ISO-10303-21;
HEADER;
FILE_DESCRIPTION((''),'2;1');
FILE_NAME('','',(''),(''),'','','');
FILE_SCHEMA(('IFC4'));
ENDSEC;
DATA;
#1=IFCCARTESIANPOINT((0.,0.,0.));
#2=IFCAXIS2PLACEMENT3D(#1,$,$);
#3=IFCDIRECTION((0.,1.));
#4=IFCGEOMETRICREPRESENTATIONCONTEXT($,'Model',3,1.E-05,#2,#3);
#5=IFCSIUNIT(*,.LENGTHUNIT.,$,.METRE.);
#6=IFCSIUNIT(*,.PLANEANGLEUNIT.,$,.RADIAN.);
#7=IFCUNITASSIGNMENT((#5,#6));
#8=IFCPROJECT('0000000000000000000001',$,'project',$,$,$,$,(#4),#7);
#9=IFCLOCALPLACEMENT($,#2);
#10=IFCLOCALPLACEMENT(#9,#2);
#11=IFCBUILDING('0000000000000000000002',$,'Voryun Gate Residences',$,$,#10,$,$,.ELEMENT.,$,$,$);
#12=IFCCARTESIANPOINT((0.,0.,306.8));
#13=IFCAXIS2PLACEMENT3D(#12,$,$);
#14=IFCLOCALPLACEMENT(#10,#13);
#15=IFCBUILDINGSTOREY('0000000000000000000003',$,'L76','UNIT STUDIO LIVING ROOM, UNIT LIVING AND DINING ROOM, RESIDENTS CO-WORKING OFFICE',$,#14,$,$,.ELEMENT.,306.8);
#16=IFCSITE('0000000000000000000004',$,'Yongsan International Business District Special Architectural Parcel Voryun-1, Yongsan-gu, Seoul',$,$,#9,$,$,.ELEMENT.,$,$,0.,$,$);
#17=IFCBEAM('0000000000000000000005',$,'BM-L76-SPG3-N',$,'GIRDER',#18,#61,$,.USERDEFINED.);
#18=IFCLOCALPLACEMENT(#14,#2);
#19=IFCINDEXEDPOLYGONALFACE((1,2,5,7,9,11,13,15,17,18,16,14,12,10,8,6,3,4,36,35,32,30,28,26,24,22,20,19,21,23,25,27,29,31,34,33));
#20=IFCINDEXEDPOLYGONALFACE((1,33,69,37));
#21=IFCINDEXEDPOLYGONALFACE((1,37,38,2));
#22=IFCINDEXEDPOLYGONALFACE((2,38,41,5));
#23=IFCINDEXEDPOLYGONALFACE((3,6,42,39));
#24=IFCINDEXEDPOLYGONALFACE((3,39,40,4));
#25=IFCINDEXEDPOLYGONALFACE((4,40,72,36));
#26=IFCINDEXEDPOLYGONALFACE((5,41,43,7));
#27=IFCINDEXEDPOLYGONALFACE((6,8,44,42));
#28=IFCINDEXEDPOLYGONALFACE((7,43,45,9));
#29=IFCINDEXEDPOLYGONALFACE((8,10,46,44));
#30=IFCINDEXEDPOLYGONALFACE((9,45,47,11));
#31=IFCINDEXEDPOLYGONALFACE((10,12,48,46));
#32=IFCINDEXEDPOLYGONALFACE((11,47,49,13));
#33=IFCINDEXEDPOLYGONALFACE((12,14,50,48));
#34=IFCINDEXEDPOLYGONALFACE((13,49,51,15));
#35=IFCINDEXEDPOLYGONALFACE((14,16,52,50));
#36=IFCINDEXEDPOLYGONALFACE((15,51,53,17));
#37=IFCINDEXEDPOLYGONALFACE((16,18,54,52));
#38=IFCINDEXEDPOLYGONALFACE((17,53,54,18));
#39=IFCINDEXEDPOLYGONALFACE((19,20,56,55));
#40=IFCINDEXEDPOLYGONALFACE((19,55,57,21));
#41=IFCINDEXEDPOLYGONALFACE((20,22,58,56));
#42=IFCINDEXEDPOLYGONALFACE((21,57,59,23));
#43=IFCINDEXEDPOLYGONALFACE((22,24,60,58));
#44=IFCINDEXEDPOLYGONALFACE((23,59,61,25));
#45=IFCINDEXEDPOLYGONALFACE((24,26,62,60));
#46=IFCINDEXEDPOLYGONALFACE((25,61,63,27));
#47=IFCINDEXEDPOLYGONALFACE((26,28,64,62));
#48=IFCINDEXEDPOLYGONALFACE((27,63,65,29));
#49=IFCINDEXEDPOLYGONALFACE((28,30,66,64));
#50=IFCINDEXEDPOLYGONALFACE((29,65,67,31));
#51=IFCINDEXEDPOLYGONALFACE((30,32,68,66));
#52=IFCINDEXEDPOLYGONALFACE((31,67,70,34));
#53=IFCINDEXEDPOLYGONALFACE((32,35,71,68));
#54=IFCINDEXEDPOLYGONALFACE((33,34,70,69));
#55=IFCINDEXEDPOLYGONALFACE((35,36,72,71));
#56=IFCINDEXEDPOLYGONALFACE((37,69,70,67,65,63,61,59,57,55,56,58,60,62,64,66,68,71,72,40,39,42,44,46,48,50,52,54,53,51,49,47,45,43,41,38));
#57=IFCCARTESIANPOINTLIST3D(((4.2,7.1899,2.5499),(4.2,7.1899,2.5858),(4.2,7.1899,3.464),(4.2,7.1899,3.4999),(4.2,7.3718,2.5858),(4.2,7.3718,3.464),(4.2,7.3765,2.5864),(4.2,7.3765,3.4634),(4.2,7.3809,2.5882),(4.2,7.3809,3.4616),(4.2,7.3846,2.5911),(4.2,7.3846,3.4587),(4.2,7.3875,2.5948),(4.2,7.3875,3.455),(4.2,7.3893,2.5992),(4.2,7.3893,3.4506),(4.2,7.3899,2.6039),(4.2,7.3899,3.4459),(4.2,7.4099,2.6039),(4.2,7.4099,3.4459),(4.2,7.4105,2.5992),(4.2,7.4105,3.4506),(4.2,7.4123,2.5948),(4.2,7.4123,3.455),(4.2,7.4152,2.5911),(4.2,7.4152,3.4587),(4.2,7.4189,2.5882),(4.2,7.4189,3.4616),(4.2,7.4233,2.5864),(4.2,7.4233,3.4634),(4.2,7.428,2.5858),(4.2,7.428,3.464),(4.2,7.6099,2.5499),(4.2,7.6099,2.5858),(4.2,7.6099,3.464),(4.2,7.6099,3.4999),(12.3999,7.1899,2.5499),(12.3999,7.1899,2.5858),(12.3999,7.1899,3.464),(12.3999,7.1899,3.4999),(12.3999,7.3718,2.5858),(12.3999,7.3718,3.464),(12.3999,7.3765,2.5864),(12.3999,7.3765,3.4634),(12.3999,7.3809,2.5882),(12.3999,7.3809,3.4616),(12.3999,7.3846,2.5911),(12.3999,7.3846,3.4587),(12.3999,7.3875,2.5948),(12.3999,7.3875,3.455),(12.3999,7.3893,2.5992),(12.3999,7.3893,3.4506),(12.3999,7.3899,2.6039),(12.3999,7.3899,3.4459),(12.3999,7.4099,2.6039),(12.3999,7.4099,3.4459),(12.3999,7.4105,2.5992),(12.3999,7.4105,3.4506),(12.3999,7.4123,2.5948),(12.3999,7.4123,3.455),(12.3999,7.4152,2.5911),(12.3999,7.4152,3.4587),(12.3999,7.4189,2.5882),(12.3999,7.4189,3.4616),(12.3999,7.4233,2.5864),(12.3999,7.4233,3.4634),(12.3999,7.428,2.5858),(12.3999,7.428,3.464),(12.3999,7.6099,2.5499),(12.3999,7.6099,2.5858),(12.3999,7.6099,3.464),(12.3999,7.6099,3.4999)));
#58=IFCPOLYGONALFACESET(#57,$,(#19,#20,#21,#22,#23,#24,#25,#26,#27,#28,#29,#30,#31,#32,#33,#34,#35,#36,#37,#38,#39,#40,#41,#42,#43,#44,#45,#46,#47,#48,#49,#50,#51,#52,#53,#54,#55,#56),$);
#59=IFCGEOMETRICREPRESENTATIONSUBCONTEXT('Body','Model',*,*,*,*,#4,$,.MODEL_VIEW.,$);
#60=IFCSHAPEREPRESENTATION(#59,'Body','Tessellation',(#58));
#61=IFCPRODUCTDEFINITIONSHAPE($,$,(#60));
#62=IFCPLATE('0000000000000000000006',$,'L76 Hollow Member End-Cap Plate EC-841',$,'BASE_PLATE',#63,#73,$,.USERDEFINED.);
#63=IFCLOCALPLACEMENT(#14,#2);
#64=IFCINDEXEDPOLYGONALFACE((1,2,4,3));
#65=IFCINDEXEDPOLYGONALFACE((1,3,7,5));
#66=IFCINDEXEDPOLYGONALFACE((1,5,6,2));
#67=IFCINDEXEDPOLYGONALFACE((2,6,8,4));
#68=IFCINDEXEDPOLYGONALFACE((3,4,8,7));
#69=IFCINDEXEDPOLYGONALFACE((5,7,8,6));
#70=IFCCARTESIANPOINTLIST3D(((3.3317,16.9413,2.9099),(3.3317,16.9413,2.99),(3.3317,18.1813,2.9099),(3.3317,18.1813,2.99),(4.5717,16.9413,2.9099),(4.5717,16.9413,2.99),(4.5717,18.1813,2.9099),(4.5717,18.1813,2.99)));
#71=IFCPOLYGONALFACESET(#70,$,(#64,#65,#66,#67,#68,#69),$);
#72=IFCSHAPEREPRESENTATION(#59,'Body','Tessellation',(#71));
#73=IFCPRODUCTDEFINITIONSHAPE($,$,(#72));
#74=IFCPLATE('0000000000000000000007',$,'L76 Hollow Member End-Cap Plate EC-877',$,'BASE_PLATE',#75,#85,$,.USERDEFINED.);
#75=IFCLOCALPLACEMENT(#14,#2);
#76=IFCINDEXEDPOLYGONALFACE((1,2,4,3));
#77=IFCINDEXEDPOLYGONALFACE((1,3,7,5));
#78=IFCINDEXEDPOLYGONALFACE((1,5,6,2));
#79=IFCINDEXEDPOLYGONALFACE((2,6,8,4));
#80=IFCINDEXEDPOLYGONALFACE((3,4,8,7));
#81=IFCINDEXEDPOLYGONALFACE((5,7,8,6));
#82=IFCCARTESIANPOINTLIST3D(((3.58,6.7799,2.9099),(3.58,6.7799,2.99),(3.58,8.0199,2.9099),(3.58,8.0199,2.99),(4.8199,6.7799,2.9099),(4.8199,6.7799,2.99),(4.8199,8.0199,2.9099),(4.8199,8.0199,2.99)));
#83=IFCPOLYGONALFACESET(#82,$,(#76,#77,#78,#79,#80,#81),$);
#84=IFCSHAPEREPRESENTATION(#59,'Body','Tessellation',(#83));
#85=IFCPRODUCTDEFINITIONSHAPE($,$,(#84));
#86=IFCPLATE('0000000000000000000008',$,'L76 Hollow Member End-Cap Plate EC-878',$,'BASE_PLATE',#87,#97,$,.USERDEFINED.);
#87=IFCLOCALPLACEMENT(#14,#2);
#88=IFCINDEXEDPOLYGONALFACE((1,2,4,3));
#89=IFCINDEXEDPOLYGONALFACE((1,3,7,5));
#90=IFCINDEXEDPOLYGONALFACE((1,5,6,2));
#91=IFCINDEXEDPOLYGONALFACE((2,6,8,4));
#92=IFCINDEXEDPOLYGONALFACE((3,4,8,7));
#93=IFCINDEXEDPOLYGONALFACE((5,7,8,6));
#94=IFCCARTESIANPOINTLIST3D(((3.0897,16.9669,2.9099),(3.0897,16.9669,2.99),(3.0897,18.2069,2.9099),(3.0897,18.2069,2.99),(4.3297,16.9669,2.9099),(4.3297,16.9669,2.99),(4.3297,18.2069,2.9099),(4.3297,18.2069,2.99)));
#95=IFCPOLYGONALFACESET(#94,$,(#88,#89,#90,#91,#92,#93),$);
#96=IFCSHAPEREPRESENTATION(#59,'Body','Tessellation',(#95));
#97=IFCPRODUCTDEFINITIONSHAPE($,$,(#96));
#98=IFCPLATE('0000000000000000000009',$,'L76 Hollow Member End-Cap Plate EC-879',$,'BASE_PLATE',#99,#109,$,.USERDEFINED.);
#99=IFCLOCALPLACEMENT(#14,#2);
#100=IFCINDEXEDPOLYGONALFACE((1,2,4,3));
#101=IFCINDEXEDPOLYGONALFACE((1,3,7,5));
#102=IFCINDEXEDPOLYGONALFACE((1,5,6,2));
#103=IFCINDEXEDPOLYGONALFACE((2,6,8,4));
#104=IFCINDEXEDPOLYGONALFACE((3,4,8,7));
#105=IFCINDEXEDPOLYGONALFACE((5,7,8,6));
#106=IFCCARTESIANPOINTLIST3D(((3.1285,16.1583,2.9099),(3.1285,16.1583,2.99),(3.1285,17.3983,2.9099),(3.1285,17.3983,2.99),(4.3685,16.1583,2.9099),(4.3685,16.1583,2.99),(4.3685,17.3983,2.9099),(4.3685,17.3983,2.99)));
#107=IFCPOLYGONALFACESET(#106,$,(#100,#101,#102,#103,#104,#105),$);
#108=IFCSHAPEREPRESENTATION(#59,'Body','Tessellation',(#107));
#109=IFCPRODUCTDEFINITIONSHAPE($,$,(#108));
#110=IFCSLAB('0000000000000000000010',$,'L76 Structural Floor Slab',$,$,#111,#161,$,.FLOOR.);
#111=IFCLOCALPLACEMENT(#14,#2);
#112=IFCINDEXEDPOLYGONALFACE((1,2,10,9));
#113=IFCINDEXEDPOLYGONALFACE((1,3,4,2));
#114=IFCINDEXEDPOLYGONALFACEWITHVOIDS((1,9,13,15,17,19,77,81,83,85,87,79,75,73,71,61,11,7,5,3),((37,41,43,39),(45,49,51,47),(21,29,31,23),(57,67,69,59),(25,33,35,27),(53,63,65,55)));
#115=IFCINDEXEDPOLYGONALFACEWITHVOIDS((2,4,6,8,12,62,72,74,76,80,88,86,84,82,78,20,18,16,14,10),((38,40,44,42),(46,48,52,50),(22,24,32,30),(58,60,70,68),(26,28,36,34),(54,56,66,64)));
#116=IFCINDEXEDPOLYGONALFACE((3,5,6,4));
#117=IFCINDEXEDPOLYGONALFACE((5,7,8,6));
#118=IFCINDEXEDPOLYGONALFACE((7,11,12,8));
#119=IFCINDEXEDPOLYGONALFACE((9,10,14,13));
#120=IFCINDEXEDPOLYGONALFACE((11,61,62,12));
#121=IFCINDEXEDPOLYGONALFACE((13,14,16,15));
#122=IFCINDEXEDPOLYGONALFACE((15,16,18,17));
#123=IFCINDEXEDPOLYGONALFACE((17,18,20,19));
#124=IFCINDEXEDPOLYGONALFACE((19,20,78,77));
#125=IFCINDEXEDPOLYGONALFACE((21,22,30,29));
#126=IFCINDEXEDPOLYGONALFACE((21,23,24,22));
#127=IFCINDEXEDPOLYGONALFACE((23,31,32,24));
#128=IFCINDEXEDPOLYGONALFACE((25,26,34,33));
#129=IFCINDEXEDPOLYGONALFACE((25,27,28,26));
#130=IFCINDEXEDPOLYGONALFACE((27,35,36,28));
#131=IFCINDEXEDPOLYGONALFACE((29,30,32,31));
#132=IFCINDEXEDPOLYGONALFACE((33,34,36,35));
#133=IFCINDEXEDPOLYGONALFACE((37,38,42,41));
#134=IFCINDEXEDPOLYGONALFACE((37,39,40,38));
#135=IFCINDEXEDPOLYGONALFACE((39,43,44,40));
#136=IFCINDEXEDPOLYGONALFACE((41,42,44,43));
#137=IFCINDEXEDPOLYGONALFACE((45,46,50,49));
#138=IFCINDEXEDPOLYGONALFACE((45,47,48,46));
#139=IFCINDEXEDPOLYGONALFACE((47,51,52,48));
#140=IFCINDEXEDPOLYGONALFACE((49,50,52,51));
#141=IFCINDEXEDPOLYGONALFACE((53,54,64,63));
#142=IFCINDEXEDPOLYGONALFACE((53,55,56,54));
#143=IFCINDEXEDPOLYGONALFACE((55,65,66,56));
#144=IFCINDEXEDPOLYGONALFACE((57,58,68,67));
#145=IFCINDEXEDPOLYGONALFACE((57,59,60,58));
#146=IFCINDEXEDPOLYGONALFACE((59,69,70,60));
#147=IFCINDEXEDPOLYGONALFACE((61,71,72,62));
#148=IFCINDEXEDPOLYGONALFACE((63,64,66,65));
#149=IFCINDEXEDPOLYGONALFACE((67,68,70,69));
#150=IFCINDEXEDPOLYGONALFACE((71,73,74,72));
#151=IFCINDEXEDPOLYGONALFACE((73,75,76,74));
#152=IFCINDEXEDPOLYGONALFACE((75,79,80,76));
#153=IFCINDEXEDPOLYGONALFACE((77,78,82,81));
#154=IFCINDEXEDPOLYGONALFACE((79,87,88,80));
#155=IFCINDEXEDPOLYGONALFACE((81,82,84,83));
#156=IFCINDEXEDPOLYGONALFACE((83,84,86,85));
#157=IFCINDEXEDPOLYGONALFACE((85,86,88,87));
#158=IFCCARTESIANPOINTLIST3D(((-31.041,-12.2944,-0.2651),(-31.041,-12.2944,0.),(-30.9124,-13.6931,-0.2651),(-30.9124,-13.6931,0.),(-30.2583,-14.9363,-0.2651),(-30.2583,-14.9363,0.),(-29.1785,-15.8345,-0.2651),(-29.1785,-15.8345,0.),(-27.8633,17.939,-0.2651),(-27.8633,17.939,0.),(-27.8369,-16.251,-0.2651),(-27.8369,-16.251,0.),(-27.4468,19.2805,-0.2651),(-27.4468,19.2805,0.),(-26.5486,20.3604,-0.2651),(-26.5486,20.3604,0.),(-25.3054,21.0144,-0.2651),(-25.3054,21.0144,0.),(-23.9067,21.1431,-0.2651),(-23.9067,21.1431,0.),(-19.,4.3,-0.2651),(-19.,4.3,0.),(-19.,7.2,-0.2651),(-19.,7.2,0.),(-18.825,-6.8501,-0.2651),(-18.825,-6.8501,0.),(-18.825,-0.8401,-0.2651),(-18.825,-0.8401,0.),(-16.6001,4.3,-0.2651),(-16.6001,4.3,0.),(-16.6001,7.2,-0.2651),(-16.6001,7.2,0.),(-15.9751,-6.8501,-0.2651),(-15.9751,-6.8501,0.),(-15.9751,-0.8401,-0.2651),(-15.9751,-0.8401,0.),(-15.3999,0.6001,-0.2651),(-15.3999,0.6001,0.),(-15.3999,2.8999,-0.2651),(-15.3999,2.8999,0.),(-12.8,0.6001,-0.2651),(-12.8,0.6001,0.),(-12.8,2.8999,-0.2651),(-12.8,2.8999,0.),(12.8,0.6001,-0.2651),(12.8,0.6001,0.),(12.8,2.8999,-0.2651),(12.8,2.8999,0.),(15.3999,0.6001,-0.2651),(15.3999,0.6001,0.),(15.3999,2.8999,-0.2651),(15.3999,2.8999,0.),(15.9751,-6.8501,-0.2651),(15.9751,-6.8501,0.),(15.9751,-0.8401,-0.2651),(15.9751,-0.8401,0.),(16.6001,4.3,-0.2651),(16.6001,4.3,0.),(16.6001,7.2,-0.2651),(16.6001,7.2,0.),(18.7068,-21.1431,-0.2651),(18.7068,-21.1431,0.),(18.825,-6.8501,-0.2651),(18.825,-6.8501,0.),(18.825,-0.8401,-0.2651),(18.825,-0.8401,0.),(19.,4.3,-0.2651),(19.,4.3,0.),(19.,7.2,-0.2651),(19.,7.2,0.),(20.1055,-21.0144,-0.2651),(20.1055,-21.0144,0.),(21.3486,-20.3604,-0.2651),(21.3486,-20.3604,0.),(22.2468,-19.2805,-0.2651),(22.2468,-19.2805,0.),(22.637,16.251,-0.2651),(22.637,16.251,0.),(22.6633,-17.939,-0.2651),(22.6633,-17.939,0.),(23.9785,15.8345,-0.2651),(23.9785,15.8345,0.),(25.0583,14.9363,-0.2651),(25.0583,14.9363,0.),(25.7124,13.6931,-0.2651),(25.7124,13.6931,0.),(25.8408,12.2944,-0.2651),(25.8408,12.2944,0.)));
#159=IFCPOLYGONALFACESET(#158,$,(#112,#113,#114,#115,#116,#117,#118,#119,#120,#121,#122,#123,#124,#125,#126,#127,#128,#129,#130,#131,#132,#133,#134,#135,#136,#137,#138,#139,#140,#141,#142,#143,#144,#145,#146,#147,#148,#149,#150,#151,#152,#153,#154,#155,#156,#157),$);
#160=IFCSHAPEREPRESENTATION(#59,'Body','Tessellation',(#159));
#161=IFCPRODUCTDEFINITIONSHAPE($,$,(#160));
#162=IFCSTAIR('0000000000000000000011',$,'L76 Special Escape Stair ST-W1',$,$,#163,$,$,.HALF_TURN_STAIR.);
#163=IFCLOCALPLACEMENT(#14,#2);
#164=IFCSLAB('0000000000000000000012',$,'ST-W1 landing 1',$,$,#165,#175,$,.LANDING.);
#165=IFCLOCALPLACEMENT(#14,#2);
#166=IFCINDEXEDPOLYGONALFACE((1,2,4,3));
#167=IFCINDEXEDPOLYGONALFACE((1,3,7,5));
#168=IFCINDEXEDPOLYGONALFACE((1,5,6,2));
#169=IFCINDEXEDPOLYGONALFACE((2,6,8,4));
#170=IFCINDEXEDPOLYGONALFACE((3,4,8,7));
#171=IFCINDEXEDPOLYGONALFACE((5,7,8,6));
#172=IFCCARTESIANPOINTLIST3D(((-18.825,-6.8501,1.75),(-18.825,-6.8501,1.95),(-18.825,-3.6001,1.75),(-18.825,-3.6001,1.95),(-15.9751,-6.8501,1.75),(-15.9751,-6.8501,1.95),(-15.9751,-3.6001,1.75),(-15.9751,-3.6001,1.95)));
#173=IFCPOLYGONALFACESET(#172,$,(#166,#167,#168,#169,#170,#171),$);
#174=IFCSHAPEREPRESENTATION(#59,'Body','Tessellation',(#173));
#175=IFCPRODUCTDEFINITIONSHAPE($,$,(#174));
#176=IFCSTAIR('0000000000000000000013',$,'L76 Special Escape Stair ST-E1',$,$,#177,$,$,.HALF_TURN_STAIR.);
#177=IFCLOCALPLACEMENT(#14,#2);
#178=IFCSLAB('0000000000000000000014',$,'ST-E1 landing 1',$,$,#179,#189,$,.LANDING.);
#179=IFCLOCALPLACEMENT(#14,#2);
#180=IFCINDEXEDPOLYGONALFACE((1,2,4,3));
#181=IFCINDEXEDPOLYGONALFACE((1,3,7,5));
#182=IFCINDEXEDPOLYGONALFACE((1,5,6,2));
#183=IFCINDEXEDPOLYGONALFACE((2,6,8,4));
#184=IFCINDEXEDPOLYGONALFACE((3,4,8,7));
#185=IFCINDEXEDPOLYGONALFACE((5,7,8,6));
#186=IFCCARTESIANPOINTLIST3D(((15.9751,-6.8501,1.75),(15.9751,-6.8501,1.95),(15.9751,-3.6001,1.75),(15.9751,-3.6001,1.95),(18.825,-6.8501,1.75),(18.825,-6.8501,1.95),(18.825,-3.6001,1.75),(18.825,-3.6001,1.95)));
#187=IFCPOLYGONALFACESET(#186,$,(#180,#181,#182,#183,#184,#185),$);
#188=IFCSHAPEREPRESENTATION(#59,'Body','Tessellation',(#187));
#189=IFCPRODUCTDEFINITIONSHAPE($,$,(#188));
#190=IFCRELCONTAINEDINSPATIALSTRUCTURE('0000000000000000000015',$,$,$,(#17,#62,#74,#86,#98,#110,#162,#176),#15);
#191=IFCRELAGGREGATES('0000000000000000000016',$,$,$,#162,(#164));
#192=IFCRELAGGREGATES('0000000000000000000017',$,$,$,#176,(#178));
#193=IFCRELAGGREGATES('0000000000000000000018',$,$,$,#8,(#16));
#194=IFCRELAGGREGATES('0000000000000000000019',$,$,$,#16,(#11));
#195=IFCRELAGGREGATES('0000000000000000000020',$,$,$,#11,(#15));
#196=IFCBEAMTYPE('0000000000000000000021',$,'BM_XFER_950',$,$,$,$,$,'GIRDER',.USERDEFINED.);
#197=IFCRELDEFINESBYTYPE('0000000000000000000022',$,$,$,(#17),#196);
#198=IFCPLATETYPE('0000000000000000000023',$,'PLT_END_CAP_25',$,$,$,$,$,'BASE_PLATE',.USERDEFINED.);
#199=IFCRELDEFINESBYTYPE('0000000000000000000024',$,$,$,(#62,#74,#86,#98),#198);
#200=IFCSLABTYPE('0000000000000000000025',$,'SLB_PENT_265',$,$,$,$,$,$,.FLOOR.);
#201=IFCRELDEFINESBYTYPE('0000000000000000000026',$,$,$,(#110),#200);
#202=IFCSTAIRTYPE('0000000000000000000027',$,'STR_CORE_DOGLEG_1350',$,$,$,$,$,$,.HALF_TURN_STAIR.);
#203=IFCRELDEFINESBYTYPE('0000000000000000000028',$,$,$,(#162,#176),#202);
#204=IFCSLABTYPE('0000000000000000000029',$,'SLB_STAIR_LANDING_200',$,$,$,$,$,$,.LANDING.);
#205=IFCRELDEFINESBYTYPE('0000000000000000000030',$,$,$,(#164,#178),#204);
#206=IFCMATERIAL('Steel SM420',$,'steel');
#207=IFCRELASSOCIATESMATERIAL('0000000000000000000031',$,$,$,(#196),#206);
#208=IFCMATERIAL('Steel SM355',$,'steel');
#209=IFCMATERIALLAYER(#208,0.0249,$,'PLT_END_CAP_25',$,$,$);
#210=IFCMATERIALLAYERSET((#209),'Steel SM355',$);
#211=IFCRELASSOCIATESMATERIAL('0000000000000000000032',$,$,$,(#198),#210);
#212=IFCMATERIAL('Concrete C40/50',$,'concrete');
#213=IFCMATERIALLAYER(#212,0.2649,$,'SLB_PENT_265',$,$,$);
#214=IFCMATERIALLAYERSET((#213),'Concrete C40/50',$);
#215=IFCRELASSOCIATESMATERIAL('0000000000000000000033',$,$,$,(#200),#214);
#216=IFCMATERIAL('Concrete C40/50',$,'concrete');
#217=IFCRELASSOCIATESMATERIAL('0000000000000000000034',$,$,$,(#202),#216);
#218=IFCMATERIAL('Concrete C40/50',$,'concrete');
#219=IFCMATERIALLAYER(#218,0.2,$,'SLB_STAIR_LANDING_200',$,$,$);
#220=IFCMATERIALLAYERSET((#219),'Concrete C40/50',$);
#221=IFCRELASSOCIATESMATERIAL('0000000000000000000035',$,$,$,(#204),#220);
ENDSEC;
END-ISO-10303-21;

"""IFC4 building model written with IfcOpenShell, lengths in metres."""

from ifc_helpers import new_model, si_unit, direction, frame, origin, origin_2d, place, context, subcontext, project, spatial, polyline, rectangle, i_section, outline, extrude, material, layer, layer_set, material_profile, profile_set, type_object, element, aggregate, save


model = new_model("IFC4")

# Units and contexts
model_context = context("Model", 3, precision=1e-05, world=origin(), true_north=direction((0.0, 1.0)))
body_context = subcontext(model_context, "Body", "Model", "MODEL_VIEW")
ifc_project = project(units=[si_unit("LENGTHUNIT", "METRE"), si_unit("PLANEANGLEUNIT", "RADIAN")], contexts=[model_context])

# Site, building, storey
site_placement = place(None, origin())
site = spatial("IfcSite", under=ifc_project, at=site_placement, Name="Yongsan International Business District Special Architectural Parcel Voryun-1, Yongsan-gu, Seoul", CompositionType="ELEMENT", RefElevation=0.0)
building_placement = place(site_placement, origin())
building = spatial("IfcBuilding", under=site, at=building_placement, Name="Voryun Gate Residences", CompositionType="ELEMENT")
storey_placement = place(building_placement, frame((0.0, 0.0, 306.8)))
storey = spatial("IfcBuildingStorey", under=building, at=storey_placement, Name="L76", Description="UNIT STUDIO LIVING ROOM, UNIT LIVING AND DINING ROOM, RESIDENTS CO-WORKING OFFICE", CompositionType="ELEMENT", Elevation=306.8)

# Beam
ifc_material_1 = material(Name="Steel SM420", Category="steel")
ifc_material_profile_1 = material_profile(ifc_material_1, i_section(OverallWidth=0.4199, OverallDepth=0.95, WebThickness=0.02, FlangeThickness=0.0359, FilletRadius=0.0181, at=origin_2d()), Name="H-950x420x20x36")
ifc_profile_set_1 = profile_set([ifc_material_profile_1], Name="Steel SM420")
beam_type_1 = type_object("IfcBeamType", Name="BM_XFER_950", ElementType="GIRDER", PredefinedType="USERDEFINED", material=ifc_profile_set_1)
beam_1_placement = place(storey_placement, frame((4.2, 7.3999, 3.0249), z_axis=(1.0, 0.0, 0.0), x_axis=(0.0, 1.0, 0.0)))
element("IfcBeam", 1, at=beam_1_placement, inside=storey, type_object=beam_type_1, Name="BM-L76-SPG3-N", ObjectType="GIRDER", PredefinedType="USERDEFINED", context=body_context, shape_type="SweptSolid", body=[
    extrude(i_section(OverallWidth=0.4199, OverallDepth=0.95, WebThickness=0.02, FlangeThickness=0.0359, FilletRadius=0.0181, at=origin_2d()), origin(), (0.0, 0.0, 1.0), 8.2),
])

# Plates
ifc_material_2 = material(Name="Steel SM355", Category="steel")
ifc_layer_1 = layer(ifc_material_2, 0.0249, Name="PLT_END_CAP_25")
ifc_layer_set_1 = layer_set([ifc_layer_1], Name="Steel SM355")
plate_type = type_object("IfcPlateType", Name="PLT_END_CAP_25", ElementType="BASE_PLATE", PredefinedType="USERDEFINED", material=ifc_layer_set_1)
for number, where, z_axis, x_axis, name in (
    (2, (3.9517, 17.5613, 2.9099), (0.0, 0.0, 1.0), (1.0, 0.0, 0.0), "L76 Hollow Member End-Cap Plate EC-841"),
    (3, (4.2, 7.3999, 2.9099), (0.0, 0.0, 1.0), (1.0, 0.0, 0.0), "L76 Hollow Member End-Cap Plate EC-877"),
    (4, (3.7097, 17.5869, 2.9099), (0.0, 0.0, 1.0), (1.0, 0.0, 0.0), "L76 Hollow Member End-Cap Plate EC-878"),
    (5, (3.7485, 16.7783, 2.9099), (0.0, 0.0, 1.0), (1.0, 0.0, 0.0), "L76 Hollow Member End-Cap Plate EC-879"),
):
    element("IfcPlate", number, at=place(storey_placement, frame(where, z_axis=z_axis, x_axis=x_axis)), inside=storey, type_object=plate_type, Name=name, ObjectType="BASE_PLATE", PredefinedType="USERDEFINED", context=body_context, shape_type="SweptSolid", body=[
        extrude(rectangle(XDim=1.24, YDim=1.24, at=origin_2d()), origin(), (0.0, 0.0, 1.0), 0.0801),
    ])

# Slab
ifc_material_3 = material(Name="Concrete C40/50", Category="concrete")
ifc_layer_2 = layer(ifc_material_3, 0.2649, Name="SLB_PENT_265")
ifc_layer_set_2 = layer_set([ifc_layer_2], Name="Concrete C40/50")
slab_type_1 = type_object("IfcSlabType", Name="SLB_PENT_265", PredefinedType="FLOOR", material=ifc_layer_set_2)
slab_1_placement = place(storey_placement, frame((0.0, 0.0, -0.2651)))
element("IfcSlab", 6, at=slab_1_placement, inside=storey, type_object=slab_type_1, Name="L76 Structural Floor Slab", PredefinedType="FLOOR", context=body_context, shape_type="SweptSolid", body=[
    extrude(outline(polyline([(-27.8369, -16.251), (-29.1785, -15.8345), (-30.2583, -14.9363), (-30.9124, -13.6931), (-31.041, -12.2944), (-27.8633, 17.939), (-27.4468, 19.2805), (-26.5486, 20.3604), (-25.3054, 21.0144), (-23.9067, 21.1431), (22.637, 16.251), (23.9785, 15.8345), (25.0583, 14.9363), (25.7124, 13.6931), (25.8408, 12.2944), (22.6633, -17.939), (22.2468, -19.2805), (21.3486, -20.3604), (20.1055, -21.0144), (18.7068, -21.1431), (-27.8369, -16.251)]), holes=[polyline([(-15.9751, -0.8401), (-18.825, -0.8401), (-18.825, -6.8501), (-15.9751, -6.8501), (-15.9751, -0.8401)]), polyline([(18.825, -6.8501), (18.825, -0.8401), (15.9751, -0.8401), (15.9751, -6.8501), (18.825, -6.8501)]), polyline([(-12.8, 2.8999), (-15.3999, 2.8999), (-15.3999, 0.6001), (-12.8, 0.6001), (-12.8, 2.8999)]), polyline([(12.8, 2.8999), (12.8, 0.6001), (15.3999, 0.6001), (15.3999, 2.8999), (12.8, 2.8999)]), polyline([(-16.6001, 7.2), (-19.0, 7.2), (-19.0, 4.3), (-16.6001, 4.3), (-16.6001, 7.2)]), polyline([(19.0, 7.2), (16.6001, 7.2), (16.6001, 4.3), (19.0, 4.3), (19.0, 7.2)])]), origin(), (0.0, 0.0, 1.0), 0.2651),
])

# Stairs, slabs
ifc_material_4 = material(Name="Concrete C40/50", Category="concrete")
stair_type = type_object("IfcStairType", Name="STR_CORE_DOGLEG_1350", PredefinedType="HALF_TURN_STAIR", material=ifc_material_4)
stair_1_placement = place(storey_placement, origin())
stair_1 = element("IfcStair", 7, at=stair_1_placement, inside=storey, type_object=stair_type, Name="L76 Special Escape Stair ST-W1", PredefinedType="HALF_TURN_STAIR")
ifc_material_5 = material(Name="Concrete C40/50", Category="concrete")
ifc_layer_3 = layer(ifc_material_5, 0.2, Name="SLB_STAIR_LANDING_200")
ifc_layer_set_3 = layer_set([ifc_layer_3], Name="Concrete C40/50")
slab_type_2 = type_object("IfcSlabType", Name="SLB_STAIR_LANDING_200", PredefinedType="LANDING", material=ifc_layer_set_3)
slab_2_placement = place(storey_placement, frame((0.0, 0.0, 1.75)))
slab_2 = element("IfcSlab", 8, at=slab_2_placement, type_object=slab_type_2, Name="ST-W1 landing 1", PredefinedType="LANDING", context=body_context, shape_type="SweptSolid", body=[
    extrude(outline(polyline([(-18.825, -3.6001), (-18.825, -6.8501), (-15.9751, -6.8501), (-15.9751, -3.6001), (-18.825, -3.6001)])), origin(), (0.0, 0.0, 1.0), 0.2),
])
aggregate(stair_1, [slab_2])
stair_2_placement = place(storey_placement, origin())
stair_2 = element("IfcStair", 9, at=stair_2_placement, inside=storey, type_object=stair_type, Name="L76 Special Escape Stair ST-E1", PredefinedType="HALF_TURN_STAIR")
slab_3_placement = place(storey_placement, frame((0.0, 0.0, 1.75)))
slab_3 = element("IfcSlab", 10, at=slab_3_placement, type_object=slab_type_2, Name="ST-E1 landing 1", PredefinedType="LANDING", context=body_context, shape_type="SweptSolid", body=[
    extrude(outline(polyline([(15.9751, -3.6001), (15.9751, -6.8501), (18.825, -6.8501), (18.825, -3.6001), (15.9751, -3.6001)])), origin(), (0.0, 0.0, 1.0), 0.2),
])
aggregate(stair_2, [slab_3])

save(model, "model.ifc")
